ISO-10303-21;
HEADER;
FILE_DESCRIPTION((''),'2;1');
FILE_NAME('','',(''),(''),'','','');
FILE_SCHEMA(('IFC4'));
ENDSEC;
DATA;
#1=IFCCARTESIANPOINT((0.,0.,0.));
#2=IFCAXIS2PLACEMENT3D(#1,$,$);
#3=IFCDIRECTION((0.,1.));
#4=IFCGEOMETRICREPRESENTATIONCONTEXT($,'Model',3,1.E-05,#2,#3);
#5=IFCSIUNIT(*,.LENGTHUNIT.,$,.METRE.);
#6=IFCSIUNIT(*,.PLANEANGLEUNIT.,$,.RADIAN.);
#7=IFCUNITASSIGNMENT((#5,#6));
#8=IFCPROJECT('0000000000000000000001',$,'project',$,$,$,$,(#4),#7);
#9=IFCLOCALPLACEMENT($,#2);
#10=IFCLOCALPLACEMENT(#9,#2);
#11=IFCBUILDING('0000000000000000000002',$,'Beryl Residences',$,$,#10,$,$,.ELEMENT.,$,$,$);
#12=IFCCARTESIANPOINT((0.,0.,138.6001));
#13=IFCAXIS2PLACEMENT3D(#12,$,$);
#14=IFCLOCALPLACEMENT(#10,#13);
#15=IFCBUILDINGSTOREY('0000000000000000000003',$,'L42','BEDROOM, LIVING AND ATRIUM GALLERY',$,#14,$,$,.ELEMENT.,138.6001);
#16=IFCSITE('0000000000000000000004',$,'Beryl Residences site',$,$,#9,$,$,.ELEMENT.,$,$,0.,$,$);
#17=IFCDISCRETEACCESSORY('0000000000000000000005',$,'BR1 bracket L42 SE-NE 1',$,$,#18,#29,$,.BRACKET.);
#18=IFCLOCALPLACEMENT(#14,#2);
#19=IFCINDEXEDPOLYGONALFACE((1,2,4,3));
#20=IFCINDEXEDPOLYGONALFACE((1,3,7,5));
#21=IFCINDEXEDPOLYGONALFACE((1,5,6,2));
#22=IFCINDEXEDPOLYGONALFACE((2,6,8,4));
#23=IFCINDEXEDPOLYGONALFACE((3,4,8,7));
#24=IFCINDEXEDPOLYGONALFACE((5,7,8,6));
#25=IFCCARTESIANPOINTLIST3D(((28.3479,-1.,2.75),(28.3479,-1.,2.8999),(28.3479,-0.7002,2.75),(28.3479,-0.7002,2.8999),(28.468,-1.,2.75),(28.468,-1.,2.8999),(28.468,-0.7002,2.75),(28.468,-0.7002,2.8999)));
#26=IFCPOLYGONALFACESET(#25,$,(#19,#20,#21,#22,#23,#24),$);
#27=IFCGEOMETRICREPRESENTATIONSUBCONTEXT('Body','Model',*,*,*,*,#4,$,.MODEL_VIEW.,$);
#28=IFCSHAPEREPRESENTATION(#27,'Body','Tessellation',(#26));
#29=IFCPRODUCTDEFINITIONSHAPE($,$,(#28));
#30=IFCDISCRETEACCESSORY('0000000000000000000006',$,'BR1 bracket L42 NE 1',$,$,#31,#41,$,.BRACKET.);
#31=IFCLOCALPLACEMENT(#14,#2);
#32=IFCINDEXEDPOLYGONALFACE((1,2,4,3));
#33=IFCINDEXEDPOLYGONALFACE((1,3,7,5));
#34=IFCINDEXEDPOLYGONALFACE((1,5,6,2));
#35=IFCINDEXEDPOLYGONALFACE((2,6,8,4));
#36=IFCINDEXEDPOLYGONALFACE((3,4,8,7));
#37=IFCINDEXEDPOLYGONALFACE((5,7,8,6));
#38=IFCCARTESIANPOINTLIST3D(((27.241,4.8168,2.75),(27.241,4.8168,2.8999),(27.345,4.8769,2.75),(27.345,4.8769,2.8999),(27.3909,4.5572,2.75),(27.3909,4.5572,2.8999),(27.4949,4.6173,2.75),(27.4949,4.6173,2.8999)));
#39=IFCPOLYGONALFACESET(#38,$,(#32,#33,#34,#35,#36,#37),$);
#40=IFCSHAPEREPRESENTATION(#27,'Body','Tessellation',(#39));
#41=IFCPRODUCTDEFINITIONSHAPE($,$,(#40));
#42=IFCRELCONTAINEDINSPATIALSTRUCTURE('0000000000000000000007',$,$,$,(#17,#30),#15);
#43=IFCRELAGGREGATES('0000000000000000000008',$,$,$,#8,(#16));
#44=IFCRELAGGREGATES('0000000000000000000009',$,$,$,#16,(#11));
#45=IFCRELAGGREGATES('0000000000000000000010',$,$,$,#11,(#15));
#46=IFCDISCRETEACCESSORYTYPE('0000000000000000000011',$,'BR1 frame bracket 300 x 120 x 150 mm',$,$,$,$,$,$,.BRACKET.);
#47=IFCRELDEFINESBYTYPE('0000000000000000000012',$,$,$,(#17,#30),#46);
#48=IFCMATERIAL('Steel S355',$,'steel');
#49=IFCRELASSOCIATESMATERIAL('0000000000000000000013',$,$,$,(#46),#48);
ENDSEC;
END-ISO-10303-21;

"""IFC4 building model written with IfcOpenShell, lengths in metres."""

from ifc_helpers import new_model, si_unit, direction, frame, origin, place, context, subcontext, project, spatial, polyline, outline, extrude, source, transform, mapped, material, type_object, type_shapes, element, save


model = new_model("IFC4")

# Units and contexts
model_context = context("Model", 3, precision=1e-05, world=origin(), true_north=direction((0.0, 1.0)))
body_context = subcontext(model_context, "Body", "Model", "MODEL_VIEW")
ifc_project = project(units=[si_unit("LENGTHUNIT", "METRE"), si_unit("PLANEANGLEUNIT", "RADIAN")], contexts=[model_context])

# Site, building, storey
site_placement = place(None, origin())
site = spatial("IfcSite", under=ifc_project, at=site_placement, Name="Beryl Residences site", CompositionType="ELEMENT", RefElevation=0.0)
building_placement = place(site_placement, origin())
building = spatial("IfcBuilding", under=site, at=building_placement, Name="Beryl Residences", CompositionType="ELEMENT")
storey_placement = place(building_placement, frame((0.0, 0.0, 138.6001)))
storey = spatial("IfcBuildingStorey", under=building, at=storey_placement, Name="L42", Description="BEDROOM, LIVING AND ATRIUM GALLERY", CompositionType="ELEMENT", Elevation=138.6001)

# Discrete accessories
ifc_material_1 = material(Name="Steel S355", Category="steel")
discrete_accessory_type = type_object("IfcDiscreteAccessoryType", Name="BR1 frame bracket 300 x 120 x 150 mm", PredefinedType="BRACKET", material=ifc_material_1)
shared_shape_1 = source(origin(), body_context, "Body", "SweptSolid", [
    extrude(outline(polyline([(-0.1499, 0.0), (0.1499, 0.0), (0.1499, 0.1201), (-0.1499, 0.1201), (-0.1499, 0.0)])), origin(), (0.0, 0.0, 1.0), 0.1499),
])
type_shapes(discrete_accessory_type, [shared_shape_1])
for number, where, z_axis, x_axis, name in (
    (1, (28.3479, -0.8501, 2.75), (0.0, 0.0, 1.0), (0.0, -1.0, 0.0), "BR1 bracket L42 SE-NE 1"),
    (2, (27.3159, 4.687, 2.75), (0.0, 0.0, 1.0), (0.5, -0.866025, 0.0), "BR1 bracket L42 NE 1"),
):
    element("IfcDiscreteAccessory", number, at=place(storey_placement, frame(where, z_axis=z_axis, x_axis=x_axis)), inside=storey, type_object=discrete_accessory_type, Name=name, PredefinedType="BRACKET", context=body_context, shape_type="MappedRepresentation", body=[
        mapped(shared_shape_1, transform((0.0, 0.0, 0.0))),
    ])

save(model, "model.ifc")
